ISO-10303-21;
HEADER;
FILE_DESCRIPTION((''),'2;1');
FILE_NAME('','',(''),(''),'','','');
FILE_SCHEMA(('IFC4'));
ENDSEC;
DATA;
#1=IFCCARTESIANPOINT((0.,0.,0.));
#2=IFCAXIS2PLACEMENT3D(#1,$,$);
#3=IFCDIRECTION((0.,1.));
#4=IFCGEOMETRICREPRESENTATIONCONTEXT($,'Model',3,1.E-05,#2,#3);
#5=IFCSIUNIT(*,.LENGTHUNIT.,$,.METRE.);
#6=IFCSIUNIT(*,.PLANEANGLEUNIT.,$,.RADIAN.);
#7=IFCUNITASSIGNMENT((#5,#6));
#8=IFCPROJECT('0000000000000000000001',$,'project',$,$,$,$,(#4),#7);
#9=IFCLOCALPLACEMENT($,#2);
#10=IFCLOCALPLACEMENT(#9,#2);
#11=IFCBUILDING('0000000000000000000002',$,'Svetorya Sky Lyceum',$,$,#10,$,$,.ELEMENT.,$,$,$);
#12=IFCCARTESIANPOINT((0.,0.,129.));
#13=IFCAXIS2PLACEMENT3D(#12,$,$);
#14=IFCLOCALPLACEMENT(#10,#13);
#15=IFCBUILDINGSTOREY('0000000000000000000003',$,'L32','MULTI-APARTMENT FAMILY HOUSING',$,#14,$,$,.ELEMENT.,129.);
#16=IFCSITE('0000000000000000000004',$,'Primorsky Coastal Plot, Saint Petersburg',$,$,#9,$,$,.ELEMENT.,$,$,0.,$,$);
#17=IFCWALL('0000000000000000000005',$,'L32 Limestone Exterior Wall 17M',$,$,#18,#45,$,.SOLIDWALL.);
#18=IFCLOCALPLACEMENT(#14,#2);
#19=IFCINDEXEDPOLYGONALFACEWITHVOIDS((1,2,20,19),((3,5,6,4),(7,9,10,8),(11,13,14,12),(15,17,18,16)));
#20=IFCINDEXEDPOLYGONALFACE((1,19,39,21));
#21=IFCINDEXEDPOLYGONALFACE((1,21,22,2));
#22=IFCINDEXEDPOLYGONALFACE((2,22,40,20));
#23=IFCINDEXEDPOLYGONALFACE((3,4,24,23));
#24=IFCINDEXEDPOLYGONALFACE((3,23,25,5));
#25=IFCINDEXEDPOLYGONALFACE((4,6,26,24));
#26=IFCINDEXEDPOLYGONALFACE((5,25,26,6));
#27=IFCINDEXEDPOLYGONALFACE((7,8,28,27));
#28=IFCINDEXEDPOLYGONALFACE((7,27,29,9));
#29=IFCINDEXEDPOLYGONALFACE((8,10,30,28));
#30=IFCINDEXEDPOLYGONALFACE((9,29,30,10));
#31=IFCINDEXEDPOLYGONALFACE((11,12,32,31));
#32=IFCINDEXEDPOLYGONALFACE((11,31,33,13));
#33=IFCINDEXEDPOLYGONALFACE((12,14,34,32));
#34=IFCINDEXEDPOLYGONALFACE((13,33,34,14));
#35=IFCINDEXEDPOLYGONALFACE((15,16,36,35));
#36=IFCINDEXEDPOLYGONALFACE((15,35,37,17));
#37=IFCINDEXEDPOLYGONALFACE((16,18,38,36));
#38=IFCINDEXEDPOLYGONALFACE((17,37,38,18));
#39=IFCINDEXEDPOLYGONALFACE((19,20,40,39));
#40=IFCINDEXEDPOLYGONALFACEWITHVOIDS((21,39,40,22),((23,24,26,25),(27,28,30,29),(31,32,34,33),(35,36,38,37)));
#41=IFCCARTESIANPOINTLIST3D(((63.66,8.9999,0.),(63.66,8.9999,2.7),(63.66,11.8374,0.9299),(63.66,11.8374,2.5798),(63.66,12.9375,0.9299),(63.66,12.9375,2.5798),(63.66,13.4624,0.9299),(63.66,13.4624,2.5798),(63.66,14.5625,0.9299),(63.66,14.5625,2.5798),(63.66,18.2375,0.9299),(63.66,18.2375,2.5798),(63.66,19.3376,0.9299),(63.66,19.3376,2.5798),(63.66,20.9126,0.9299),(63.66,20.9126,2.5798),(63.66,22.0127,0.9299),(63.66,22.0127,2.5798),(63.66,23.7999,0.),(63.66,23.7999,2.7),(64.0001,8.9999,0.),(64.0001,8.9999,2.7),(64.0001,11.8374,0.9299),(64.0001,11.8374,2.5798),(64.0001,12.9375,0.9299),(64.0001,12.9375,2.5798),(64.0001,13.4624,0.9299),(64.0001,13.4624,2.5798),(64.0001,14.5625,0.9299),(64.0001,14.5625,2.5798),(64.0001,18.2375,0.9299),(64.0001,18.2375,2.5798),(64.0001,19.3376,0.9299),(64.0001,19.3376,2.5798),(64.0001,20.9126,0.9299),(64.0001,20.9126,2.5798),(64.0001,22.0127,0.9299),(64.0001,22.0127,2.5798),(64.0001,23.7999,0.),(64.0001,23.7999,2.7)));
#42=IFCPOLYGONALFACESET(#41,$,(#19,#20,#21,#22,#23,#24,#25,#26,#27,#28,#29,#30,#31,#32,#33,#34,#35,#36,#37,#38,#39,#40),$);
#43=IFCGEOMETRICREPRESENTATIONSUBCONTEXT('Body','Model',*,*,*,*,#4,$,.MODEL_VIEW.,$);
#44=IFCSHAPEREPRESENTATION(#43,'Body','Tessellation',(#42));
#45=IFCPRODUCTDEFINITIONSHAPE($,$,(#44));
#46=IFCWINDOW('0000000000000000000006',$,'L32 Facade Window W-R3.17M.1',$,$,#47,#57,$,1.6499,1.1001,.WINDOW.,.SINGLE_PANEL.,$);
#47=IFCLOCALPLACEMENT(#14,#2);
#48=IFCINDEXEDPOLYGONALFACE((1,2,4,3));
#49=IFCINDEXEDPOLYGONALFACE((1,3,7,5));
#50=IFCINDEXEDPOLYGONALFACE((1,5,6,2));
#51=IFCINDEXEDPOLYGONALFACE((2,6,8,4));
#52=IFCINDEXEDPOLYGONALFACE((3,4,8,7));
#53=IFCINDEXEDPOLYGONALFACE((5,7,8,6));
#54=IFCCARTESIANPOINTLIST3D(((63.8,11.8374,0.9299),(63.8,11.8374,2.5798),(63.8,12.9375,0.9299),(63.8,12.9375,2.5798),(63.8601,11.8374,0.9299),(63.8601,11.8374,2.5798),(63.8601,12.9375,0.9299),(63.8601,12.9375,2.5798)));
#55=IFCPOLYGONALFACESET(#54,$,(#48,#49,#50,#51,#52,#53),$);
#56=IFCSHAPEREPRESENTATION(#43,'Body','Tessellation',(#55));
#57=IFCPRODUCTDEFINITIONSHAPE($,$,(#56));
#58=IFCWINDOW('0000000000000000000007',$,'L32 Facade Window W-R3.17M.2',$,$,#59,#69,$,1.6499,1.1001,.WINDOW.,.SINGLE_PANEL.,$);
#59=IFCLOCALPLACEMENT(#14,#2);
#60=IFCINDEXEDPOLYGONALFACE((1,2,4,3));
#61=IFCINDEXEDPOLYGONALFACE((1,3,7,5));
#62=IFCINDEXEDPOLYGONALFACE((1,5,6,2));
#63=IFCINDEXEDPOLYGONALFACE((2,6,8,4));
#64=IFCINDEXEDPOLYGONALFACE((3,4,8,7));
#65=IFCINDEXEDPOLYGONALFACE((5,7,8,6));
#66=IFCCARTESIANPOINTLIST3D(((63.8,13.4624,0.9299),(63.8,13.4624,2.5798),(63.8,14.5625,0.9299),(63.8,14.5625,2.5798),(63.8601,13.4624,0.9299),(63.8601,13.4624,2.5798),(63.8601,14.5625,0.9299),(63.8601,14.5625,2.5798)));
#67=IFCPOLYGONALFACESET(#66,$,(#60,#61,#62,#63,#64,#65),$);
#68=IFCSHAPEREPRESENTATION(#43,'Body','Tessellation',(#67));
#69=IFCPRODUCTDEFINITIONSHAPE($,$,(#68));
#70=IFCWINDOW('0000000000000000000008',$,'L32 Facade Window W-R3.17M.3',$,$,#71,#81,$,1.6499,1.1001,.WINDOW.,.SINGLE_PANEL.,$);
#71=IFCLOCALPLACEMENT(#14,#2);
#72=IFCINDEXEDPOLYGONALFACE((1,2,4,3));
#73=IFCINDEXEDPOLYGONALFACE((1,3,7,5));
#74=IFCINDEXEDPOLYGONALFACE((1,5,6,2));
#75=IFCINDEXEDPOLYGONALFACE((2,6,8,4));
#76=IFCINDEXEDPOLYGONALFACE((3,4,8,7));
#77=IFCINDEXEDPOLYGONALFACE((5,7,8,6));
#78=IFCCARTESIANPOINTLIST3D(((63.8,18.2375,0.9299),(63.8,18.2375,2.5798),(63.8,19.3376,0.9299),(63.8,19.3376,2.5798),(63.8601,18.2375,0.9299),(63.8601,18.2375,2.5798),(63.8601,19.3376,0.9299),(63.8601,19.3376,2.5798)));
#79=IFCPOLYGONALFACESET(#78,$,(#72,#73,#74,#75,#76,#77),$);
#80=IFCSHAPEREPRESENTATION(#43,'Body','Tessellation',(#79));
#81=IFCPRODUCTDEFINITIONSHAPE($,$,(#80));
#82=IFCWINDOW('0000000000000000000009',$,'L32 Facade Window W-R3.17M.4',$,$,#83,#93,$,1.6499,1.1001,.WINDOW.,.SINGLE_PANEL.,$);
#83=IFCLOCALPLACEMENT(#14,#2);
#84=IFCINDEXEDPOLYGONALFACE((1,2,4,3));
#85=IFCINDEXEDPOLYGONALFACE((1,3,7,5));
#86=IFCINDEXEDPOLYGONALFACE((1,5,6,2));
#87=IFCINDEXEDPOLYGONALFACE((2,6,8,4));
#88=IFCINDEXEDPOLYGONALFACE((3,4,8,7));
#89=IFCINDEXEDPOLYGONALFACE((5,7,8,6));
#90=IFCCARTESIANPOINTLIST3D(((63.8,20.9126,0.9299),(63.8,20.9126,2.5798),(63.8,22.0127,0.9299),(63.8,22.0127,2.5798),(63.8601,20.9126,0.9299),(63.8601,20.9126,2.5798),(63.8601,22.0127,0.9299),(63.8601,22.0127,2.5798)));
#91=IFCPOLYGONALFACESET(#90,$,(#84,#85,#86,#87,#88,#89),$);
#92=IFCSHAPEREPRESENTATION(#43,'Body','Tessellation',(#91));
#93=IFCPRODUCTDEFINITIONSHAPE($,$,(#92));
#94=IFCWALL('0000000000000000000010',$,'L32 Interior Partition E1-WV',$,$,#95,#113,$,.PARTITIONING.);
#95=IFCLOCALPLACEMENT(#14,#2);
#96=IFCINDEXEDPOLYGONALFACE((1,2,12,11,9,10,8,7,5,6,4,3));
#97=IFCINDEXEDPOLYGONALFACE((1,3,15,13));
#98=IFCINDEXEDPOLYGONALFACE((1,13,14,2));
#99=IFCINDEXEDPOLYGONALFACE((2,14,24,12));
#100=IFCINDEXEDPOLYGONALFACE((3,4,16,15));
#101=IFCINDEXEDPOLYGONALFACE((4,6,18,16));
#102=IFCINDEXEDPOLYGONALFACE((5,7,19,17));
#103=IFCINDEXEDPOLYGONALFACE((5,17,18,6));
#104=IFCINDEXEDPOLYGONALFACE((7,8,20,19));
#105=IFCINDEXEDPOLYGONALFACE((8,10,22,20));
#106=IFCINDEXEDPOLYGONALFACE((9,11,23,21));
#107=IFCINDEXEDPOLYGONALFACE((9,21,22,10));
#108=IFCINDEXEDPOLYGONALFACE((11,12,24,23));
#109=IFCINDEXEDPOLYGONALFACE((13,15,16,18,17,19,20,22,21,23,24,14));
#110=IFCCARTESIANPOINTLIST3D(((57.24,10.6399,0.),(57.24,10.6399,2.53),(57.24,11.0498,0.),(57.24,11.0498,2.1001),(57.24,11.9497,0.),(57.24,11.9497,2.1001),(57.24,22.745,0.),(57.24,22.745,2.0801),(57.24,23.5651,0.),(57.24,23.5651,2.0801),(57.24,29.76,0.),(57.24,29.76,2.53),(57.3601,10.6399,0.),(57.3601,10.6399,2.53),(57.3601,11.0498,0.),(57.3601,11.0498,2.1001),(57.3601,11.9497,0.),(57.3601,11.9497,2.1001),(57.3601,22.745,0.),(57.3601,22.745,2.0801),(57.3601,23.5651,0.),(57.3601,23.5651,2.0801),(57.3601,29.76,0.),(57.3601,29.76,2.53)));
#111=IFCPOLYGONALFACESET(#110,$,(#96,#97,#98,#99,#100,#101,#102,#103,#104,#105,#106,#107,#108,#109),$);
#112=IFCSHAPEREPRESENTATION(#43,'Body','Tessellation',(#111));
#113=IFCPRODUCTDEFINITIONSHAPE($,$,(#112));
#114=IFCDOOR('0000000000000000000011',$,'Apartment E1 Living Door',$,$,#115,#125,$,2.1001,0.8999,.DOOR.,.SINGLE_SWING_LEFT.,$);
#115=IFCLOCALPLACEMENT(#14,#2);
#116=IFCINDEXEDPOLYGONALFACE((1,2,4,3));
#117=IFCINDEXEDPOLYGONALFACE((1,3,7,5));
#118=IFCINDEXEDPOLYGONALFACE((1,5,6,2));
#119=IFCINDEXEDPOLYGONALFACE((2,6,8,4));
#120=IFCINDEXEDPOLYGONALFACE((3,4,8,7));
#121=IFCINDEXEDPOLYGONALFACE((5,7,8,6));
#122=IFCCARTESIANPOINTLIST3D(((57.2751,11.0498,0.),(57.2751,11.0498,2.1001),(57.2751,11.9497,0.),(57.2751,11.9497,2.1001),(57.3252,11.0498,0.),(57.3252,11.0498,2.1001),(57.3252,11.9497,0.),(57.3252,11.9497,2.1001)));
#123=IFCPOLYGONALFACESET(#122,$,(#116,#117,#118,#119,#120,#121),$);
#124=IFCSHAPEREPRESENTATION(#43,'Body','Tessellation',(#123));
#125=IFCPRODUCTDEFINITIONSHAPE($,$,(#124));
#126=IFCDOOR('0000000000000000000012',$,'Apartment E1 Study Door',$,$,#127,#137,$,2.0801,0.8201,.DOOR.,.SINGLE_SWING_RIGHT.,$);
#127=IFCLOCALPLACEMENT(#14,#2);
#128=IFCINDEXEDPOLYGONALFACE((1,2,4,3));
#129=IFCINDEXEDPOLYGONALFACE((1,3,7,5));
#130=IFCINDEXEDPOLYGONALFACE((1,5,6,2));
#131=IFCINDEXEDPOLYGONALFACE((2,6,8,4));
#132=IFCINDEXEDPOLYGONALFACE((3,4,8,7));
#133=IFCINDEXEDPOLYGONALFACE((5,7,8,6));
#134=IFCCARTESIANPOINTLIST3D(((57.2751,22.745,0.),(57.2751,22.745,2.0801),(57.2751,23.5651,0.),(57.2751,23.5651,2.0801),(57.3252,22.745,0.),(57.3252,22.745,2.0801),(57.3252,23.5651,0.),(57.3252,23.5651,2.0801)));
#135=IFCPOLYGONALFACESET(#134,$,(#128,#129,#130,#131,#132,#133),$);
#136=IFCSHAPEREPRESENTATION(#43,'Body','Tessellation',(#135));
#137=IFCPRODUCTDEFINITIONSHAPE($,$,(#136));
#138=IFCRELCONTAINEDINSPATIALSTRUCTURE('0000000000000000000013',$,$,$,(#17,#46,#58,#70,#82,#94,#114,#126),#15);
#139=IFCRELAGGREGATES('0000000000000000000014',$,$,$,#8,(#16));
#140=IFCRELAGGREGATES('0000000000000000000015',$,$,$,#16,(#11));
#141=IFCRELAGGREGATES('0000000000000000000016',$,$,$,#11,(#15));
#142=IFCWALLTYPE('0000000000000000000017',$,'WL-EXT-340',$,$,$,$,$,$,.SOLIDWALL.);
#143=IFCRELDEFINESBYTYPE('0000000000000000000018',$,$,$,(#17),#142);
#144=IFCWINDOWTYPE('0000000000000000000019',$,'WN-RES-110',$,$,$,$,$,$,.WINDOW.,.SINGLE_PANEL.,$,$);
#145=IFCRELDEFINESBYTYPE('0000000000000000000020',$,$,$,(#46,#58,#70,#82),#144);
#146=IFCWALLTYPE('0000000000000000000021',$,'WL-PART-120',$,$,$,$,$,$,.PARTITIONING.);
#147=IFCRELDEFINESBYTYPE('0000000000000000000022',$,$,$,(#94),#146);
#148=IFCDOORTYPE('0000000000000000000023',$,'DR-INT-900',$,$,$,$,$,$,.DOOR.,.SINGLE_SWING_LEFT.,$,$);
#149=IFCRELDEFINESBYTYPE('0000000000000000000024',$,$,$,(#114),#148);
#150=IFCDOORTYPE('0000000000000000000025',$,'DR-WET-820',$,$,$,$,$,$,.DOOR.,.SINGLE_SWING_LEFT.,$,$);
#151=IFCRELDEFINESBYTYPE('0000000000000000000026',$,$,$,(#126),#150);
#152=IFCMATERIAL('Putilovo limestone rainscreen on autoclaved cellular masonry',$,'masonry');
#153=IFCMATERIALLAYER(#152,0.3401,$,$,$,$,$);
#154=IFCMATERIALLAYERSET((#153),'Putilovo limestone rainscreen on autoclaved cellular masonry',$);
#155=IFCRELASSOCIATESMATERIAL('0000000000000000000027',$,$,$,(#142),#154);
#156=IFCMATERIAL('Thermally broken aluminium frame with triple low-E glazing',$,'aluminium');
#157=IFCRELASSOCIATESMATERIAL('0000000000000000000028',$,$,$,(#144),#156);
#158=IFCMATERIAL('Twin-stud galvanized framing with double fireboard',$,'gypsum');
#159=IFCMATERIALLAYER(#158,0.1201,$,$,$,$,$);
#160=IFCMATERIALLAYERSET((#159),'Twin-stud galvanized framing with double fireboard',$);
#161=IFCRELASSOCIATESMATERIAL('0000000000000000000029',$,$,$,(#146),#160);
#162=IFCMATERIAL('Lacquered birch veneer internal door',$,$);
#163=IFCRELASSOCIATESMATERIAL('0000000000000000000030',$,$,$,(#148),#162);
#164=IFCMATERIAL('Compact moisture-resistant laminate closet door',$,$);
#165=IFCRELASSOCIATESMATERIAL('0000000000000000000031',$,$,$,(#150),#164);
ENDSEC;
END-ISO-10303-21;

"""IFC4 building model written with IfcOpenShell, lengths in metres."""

from ifc_helpers import new_model, si_unit, direction, frame, frame_2d, origin, place, context, subcontext, project, spatial, rectangle, extrude, material, layer, layer_set, type_object, element, fill, save


model = new_model("IFC4")

# Units and contexts
model_context = context("Model", 3, precision=1e-05, world=origin(), true_north=direction((0.0, 1.0)))
body_context = subcontext(model_context, "Body", "Model", "MODEL_VIEW")
ifc_project = project(units=[si_unit("LENGTHUNIT", "METRE"), si_unit("PLANEANGLEUNIT", "RADIAN")], contexts=[model_context])

# Site, building, storey
site_placement = place(None, origin())
site = spatial("IfcSite", under=ifc_project, at=site_placement, Name="Primorsky Coastal Plot, Saint Petersburg", CompositionType="ELEMENT", RefElevation=0.0)
building_placement = place(site_placement, origin())
building = spatial("IfcBuilding", under=site, at=building_placement, Name="Svetorya Sky Lyceum", CompositionType="ELEMENT")
storey_placement = place(building_placement, frame((0.0, 0.0, 129.0)))
storey = spatial("IfcBuildingStorey", under=building, at=storey_placement, Name="L32", Description="MULTI-APARTMENT FAMILY HOUSING", CompositionType="ELEMENT", Elevation=129.0)

# Shared definitions
ifc_material_1 = material(Name="Putilovo limestone rainscreen on autoclaved cellular masonry", Category="masonry")
ifc_layer_1 = layer(ifc_material_1, 0.3401)
ifc_layer_set_1 = layer_set([ifc_layer_1], Name="Putilovo limestone rainscreen on autoclaved cellular masonry")
wall_type_1 = type_object("IfcWallType", Name="WL-EXT-340", PredefinedType="SOLIDWALL", material=ifc_layer_set_1)

# Wall, openings, windows
wall_1_placement = place(storey_placement, frame((63.8301, 9.0, 0.0), z_axis=(0.0, 0.0, 1.0), x_axis=(0.0, 1.0, 0.0)))
wall_1 = element("IfcWall", 1, at=wall_1_placement, inside=storey, type_object=wall_type_1, Name="L32 Limestone Exterior Wall 17M", PredefinedType="SOLIDWALL", context=body_context, shape_type="SweptSolid", body=[
    extrude(rectangle(XDim=14.8, YDim=0.3401, at=frame_2d((7.3999, 0.0))), origin(), (0.0, 0.0, 1.0), 2.7),
])
opening_1_placement = place(wall_1_placement, frame((2.8374, 0.0, 0.9299)))
opening_1 = element("IfcOpeningElement", 2, at=opening_1_placement, cuts=wall_1, PredefinedType="OPENING", context=body_context, shape_type="SweptSolid", body=[
    extrude(rectangle(XDim=1.1001, YDim=1.6499, at=frame_2d((0.55, 0.825))), frame((0.0, 0.1799, 0.0), z_axis=(0.0, -1.0, 0.0), x_axis=(1.0, 0.0, 0.0)), (0.0, 0.0, 1.0), 0.3601),
])
opening_2_placement = place(wall_1_placement, frame((4.4624, 0.0, 0.9299)))
opening_2 = element("IfcOpeningElement", 3, at=opening_2_placement, cuts=wall_1, PredefinedType="OPENING", context=body_context, shape_type="SweptSolid", body=[
    extrude(rectangle(XDim=1.1001, YDim=1.6499, at=frame_2d((0.55, 0.825))), frame((0.0, 0.1799, 0.0), z_axis=(0.0, -1.0, 0.0), x_axis=(1.0, 0.0, 0.0)), (0.0, 0.0, 1.0), 0.3601),
])
opening_3_placement = place(wall_1_placement, frame((9.2375, 0.0, 0.9299)))
opening_3 = element("IfcOpeningElement", 4, at=opening_3_placement, cuts=wall_1, PredefinedType="OPENING", context=body_context, shape_type="SweptSolid", body=[
    extrude(rectangle(XDim=1.1001, YDim=1.6499, at=frame_2d((0.55, 0.825))), frame((0.0, 0.1799, 0.0), z_axis=(0.0, -1.0, 0.0), x_axis=(1.0, 0.0, 0.0)), (0.0, 0.0, 1.0), 0.3601),
])
opening_4_placement = place(wall_1_placement, frame((11.9126, 0.0, 0.9299)))
opening_4 = element("IfcOpeningElement", 5, at=opening_4_placement, cuts=wall_1, PredefinedType="OPENING", context=body_context, shape_type="SweptSolid", body=[
    extrude(rectangle(XDim=1.1001, YDim=1.6499, at=frame_2d((0.55, 0.825))), frame((0.0, 0.1799, 0.0), z_axis=(0.0, -1.0, 0.0), x_axis=(1.0, 0.0, 0.0)), (0.0, 0.0, 1.0), 0.3601),
])
ifc_material_2 = material(Name="Thermally broken aluminium frame with triple low-E glazing", Category="aluminium")
window_type = type_object("IfcWindowType", Name="WN-RES-110", PartitioningType="SINGLE_PANEL", PredefinedType="WINDOW", material=ifc_material_2)
window_1_placement = place(opening_1_placement, origin())
window_1 = element("IfcWindow", 6, at=window_1_placement, inside=storey, type_object=window_type, Name="L32 Facade Window W-R3.17M.1", OverallHeight=1.6499, OverallWidth=1.1001, PartitioningType="SINGLE_PANEL", PredefinedType="WINDOW", context=body_context, shape_type="SweptSolid", body=[
    extrude(rectangle(XDim=1.1001, YDim=1.6499, at=frame_2d((0.55, 0.825))), frame((0.0, 0.03, 0.0), z_axis=(0.0, -1.0, 0.0), x_axis=(1.0, 0.0, 0.0)), (0.0, 0.0, 1.0), 0.0601),
])
fill(opening_1, window_1)
window_2_placement = place(opening_2_placement, origin())
window_2 = element("IfcWindow", 7, at=window_2_placement, inside=storey, type_object=window_type, Name="L32 Facade Window W-R3.17M.2", OverallHeight=1.6499, OverallWidth=1.1001, PartitioningType="SINGLE_PANEL", PredefinedType="WINDOW", context=body_context, shape_type="SweptSolid", body=[
    extrude(rectangle(XDim=1.1001, YDim=1.6499, at=frame_2d((0.55, 0.825))), frame((0.0, 0.03, 0.0), z_axis=(0.0, -1.0, 0.0), x_axis=(1.0, 0.0, 0.0)), (0.0, 0.0, 1.0), 0.0601),
])
fill(opening_2, window_2)
window_3_placement = place(opening_3_placement, origin())
window_3 = element("IfcWindow", 8, at=window_3_placement, inside=storey, type_object=window_type, Name="L32 Facade Window W-R3.17M.3", OverallHeight=1.6499, OverallWidth=1.1001, PartitioningType="SINGLE_PANEL", PredefinedType="WINDOW", context=body_context, shape_type="SweptSolid", body=[
    extrude(rectangle(XDim=1.1001, YDim=1.6499, at=frame_2d((0.55, 0.825))), frame((0.0, 0.03, 0.0), z_axis=(0.0, -1.0, 0.0), x_axis=(1.0, 0.0, 0.0)), (0.0, 0.0, 1.0), 0.0601),
])
fill(opening_3, window_3)
window_4_placement = place(opening_4_placement, origin())
window_4 = element("IfcWindow", 9, at=window_4_placement, inside=storey, type_object=window_type, Name="L32 Facade Window W-R3.17M.4", OverallHeight=1.6499, OverallWidth=1.1001, PartitioningType="SINGLE_PANEL", PredefinedType="WINDOW", context=body_context, shape_type="SweptSolid", body=[
    extrude(rectangle(XDim=1.1001, YDim=1.6499, at=frame_2d((0.55, 0.825))), frame((0.0, 0.03, 0.0), z_axis=(0.0, -1.0, 0.0), x_axis=(1.0, 0.0, 0.0)), (0.0, 0.0, 1.0), 0.0601),
])
fill(opening_4, window_4)

# Wall, openings, doors
ifc_material_3 = material(Name="Twin-stud galvanized framing with double fireboard", Category="gypsum")
ifc_layer_2 = layer(ifc_material_3, 0.1201)
ifc_layer_set_2 = layer_set([ifc_layer_2], Name="Twin-stud galvanized framing with double fireboard")
wall_type_2 = type_object("IfcWallType", Name="WL-PART-120", PredefinedType="PARTITIONING", material=ifc_layer_set_2)
wall_2_placement = place(storey_placement, frame((57.3, 10.6399, 0.0), z_axis=(0.0, 0.0, 1.0), x_axis=(0.0, 1.0, 0.0)))
wall_2 = element("IfcWall", 10, at=wall_2_placement, inside=storey, type_object=wall_type_2, Name="L32 Interior Partition E1-WV", PredefinedType="PARTITIONING", context=body_context, shape_type="SweptSolid", body=[
    extrude(rectangle(XDim=19.1201, YDim=0.1201, at=frame_2d((9.5601, 0.0))), origin(), (0.0, 0.0, 1.0), 2.53),
])
opening_5_placement = place(wall_2_placement, frame((0.4099, 0.0, 0.0)))
opening_5 = element("IfcOpeningElement", 11, at=opening_5_placement, cuts=wall_2, PredefinedType="OPENING", context=body_context, shape_type="SweptSolid", body=[
    extrude(rectangle(XDim=0.8999, YDim=2.1001, at=frame_2d((0.45, 1.05))), frame((0.0, 0.0701, 0.0), z_axis=(0.0, -1.0, 0.0), x_axis=(1.0, 0.0, 0.0)), (0.0, 0.0, 1.0), 0.1401),
])
opening_6_placement = place(wall_2_placement, frame((12.105, 0.0, 0.0)))
opening_6 = element("IfcOpeningElement", 12, at=opening_6_placement, cuts=wall_2, PredefinedType="OPENING", context=body_context, shape_type="SweptSolid", body=[
    extrude(rectangle(XDim=0.8201, YDim=2.0801, at=frame_2d((0.4102, 1.04))), frame((0.0, 0.0701, 0.0), z_axis=(0.0, -1.0, 0.0), x_axis=(1.0, 0.0, 0.0)), (0.0, 0.0, 1.0), 0.1401),
])
ifc_material_4 = material(Name="Lacquered birch veneer internal door")
door_type_1 = type_object("IfcDoorType", Name="DR-INT-900", OperationType="SINGLE_SWING_LEFT", PredefinedType="DOOR", material=ifc_material_4)
door_1_placement = place(opening_5_placement, origin())
door_1 = element("IfcDoor", 13, at=door_1_placement, inside=storey, type_object=door_type_1, Name="Apartment E1 Living Door", OperationType="SINGLE_SWING_LEFT", OverallHeight=2.1001, OverallWidth=0.8999, PredefinedType="DOOR", context=body_context, shape_type="SweptSolid", body=[
    extrude(rectangle(XDim=0.8999, YDim=2.1001, at=frame_2d((0.45, 1.05))), frame((0.0, 0.0249, 0.0), z_axis=(0.0, -1.0, 0.0), x_axis=(1.0, 0.0, 0.0)), (0.0, 0.0, 1.0), 0.05),
])
fill(opening_5, door_1)
ifc_material_5 = material(Name="Compact moisture-resistant laminate closet door")
door_type_2 = type_object("IfcDoorType", Name="DR-WET-820", OperationType="SINGLE_SWING_LEFT", PredefinedType="DOOR", material=ifc_material_5)
door_2_placement = place(opening_6_placement, origin())
door_2 = element("IfcDoor", 14, at=door_2_placement, inside=storey, type_object=door_type_2, Name="Apartment E1 Study Door", OperationType="SINGLE_SWING_RIGHT", OverallHeight=2.0801, OverallWidth=0.8201, PredefinedType="DOOR", context=body_context, shape_type="SweptSolid", body=[
    extrude(rectangle(XDim=0.8201, YDim=2.0801, at=frame_2d((0.4102, 1.04))), frame((0.0, 0.0249, 0.0), z_axis=(0.0, -1.0, 0.0), x_axis=(1.0, 0.0, 0.0)), (0.0, 0.0, 1.0), 0.05),
])
fill(opening_6, door_2)

save(model, "model.ifc")
